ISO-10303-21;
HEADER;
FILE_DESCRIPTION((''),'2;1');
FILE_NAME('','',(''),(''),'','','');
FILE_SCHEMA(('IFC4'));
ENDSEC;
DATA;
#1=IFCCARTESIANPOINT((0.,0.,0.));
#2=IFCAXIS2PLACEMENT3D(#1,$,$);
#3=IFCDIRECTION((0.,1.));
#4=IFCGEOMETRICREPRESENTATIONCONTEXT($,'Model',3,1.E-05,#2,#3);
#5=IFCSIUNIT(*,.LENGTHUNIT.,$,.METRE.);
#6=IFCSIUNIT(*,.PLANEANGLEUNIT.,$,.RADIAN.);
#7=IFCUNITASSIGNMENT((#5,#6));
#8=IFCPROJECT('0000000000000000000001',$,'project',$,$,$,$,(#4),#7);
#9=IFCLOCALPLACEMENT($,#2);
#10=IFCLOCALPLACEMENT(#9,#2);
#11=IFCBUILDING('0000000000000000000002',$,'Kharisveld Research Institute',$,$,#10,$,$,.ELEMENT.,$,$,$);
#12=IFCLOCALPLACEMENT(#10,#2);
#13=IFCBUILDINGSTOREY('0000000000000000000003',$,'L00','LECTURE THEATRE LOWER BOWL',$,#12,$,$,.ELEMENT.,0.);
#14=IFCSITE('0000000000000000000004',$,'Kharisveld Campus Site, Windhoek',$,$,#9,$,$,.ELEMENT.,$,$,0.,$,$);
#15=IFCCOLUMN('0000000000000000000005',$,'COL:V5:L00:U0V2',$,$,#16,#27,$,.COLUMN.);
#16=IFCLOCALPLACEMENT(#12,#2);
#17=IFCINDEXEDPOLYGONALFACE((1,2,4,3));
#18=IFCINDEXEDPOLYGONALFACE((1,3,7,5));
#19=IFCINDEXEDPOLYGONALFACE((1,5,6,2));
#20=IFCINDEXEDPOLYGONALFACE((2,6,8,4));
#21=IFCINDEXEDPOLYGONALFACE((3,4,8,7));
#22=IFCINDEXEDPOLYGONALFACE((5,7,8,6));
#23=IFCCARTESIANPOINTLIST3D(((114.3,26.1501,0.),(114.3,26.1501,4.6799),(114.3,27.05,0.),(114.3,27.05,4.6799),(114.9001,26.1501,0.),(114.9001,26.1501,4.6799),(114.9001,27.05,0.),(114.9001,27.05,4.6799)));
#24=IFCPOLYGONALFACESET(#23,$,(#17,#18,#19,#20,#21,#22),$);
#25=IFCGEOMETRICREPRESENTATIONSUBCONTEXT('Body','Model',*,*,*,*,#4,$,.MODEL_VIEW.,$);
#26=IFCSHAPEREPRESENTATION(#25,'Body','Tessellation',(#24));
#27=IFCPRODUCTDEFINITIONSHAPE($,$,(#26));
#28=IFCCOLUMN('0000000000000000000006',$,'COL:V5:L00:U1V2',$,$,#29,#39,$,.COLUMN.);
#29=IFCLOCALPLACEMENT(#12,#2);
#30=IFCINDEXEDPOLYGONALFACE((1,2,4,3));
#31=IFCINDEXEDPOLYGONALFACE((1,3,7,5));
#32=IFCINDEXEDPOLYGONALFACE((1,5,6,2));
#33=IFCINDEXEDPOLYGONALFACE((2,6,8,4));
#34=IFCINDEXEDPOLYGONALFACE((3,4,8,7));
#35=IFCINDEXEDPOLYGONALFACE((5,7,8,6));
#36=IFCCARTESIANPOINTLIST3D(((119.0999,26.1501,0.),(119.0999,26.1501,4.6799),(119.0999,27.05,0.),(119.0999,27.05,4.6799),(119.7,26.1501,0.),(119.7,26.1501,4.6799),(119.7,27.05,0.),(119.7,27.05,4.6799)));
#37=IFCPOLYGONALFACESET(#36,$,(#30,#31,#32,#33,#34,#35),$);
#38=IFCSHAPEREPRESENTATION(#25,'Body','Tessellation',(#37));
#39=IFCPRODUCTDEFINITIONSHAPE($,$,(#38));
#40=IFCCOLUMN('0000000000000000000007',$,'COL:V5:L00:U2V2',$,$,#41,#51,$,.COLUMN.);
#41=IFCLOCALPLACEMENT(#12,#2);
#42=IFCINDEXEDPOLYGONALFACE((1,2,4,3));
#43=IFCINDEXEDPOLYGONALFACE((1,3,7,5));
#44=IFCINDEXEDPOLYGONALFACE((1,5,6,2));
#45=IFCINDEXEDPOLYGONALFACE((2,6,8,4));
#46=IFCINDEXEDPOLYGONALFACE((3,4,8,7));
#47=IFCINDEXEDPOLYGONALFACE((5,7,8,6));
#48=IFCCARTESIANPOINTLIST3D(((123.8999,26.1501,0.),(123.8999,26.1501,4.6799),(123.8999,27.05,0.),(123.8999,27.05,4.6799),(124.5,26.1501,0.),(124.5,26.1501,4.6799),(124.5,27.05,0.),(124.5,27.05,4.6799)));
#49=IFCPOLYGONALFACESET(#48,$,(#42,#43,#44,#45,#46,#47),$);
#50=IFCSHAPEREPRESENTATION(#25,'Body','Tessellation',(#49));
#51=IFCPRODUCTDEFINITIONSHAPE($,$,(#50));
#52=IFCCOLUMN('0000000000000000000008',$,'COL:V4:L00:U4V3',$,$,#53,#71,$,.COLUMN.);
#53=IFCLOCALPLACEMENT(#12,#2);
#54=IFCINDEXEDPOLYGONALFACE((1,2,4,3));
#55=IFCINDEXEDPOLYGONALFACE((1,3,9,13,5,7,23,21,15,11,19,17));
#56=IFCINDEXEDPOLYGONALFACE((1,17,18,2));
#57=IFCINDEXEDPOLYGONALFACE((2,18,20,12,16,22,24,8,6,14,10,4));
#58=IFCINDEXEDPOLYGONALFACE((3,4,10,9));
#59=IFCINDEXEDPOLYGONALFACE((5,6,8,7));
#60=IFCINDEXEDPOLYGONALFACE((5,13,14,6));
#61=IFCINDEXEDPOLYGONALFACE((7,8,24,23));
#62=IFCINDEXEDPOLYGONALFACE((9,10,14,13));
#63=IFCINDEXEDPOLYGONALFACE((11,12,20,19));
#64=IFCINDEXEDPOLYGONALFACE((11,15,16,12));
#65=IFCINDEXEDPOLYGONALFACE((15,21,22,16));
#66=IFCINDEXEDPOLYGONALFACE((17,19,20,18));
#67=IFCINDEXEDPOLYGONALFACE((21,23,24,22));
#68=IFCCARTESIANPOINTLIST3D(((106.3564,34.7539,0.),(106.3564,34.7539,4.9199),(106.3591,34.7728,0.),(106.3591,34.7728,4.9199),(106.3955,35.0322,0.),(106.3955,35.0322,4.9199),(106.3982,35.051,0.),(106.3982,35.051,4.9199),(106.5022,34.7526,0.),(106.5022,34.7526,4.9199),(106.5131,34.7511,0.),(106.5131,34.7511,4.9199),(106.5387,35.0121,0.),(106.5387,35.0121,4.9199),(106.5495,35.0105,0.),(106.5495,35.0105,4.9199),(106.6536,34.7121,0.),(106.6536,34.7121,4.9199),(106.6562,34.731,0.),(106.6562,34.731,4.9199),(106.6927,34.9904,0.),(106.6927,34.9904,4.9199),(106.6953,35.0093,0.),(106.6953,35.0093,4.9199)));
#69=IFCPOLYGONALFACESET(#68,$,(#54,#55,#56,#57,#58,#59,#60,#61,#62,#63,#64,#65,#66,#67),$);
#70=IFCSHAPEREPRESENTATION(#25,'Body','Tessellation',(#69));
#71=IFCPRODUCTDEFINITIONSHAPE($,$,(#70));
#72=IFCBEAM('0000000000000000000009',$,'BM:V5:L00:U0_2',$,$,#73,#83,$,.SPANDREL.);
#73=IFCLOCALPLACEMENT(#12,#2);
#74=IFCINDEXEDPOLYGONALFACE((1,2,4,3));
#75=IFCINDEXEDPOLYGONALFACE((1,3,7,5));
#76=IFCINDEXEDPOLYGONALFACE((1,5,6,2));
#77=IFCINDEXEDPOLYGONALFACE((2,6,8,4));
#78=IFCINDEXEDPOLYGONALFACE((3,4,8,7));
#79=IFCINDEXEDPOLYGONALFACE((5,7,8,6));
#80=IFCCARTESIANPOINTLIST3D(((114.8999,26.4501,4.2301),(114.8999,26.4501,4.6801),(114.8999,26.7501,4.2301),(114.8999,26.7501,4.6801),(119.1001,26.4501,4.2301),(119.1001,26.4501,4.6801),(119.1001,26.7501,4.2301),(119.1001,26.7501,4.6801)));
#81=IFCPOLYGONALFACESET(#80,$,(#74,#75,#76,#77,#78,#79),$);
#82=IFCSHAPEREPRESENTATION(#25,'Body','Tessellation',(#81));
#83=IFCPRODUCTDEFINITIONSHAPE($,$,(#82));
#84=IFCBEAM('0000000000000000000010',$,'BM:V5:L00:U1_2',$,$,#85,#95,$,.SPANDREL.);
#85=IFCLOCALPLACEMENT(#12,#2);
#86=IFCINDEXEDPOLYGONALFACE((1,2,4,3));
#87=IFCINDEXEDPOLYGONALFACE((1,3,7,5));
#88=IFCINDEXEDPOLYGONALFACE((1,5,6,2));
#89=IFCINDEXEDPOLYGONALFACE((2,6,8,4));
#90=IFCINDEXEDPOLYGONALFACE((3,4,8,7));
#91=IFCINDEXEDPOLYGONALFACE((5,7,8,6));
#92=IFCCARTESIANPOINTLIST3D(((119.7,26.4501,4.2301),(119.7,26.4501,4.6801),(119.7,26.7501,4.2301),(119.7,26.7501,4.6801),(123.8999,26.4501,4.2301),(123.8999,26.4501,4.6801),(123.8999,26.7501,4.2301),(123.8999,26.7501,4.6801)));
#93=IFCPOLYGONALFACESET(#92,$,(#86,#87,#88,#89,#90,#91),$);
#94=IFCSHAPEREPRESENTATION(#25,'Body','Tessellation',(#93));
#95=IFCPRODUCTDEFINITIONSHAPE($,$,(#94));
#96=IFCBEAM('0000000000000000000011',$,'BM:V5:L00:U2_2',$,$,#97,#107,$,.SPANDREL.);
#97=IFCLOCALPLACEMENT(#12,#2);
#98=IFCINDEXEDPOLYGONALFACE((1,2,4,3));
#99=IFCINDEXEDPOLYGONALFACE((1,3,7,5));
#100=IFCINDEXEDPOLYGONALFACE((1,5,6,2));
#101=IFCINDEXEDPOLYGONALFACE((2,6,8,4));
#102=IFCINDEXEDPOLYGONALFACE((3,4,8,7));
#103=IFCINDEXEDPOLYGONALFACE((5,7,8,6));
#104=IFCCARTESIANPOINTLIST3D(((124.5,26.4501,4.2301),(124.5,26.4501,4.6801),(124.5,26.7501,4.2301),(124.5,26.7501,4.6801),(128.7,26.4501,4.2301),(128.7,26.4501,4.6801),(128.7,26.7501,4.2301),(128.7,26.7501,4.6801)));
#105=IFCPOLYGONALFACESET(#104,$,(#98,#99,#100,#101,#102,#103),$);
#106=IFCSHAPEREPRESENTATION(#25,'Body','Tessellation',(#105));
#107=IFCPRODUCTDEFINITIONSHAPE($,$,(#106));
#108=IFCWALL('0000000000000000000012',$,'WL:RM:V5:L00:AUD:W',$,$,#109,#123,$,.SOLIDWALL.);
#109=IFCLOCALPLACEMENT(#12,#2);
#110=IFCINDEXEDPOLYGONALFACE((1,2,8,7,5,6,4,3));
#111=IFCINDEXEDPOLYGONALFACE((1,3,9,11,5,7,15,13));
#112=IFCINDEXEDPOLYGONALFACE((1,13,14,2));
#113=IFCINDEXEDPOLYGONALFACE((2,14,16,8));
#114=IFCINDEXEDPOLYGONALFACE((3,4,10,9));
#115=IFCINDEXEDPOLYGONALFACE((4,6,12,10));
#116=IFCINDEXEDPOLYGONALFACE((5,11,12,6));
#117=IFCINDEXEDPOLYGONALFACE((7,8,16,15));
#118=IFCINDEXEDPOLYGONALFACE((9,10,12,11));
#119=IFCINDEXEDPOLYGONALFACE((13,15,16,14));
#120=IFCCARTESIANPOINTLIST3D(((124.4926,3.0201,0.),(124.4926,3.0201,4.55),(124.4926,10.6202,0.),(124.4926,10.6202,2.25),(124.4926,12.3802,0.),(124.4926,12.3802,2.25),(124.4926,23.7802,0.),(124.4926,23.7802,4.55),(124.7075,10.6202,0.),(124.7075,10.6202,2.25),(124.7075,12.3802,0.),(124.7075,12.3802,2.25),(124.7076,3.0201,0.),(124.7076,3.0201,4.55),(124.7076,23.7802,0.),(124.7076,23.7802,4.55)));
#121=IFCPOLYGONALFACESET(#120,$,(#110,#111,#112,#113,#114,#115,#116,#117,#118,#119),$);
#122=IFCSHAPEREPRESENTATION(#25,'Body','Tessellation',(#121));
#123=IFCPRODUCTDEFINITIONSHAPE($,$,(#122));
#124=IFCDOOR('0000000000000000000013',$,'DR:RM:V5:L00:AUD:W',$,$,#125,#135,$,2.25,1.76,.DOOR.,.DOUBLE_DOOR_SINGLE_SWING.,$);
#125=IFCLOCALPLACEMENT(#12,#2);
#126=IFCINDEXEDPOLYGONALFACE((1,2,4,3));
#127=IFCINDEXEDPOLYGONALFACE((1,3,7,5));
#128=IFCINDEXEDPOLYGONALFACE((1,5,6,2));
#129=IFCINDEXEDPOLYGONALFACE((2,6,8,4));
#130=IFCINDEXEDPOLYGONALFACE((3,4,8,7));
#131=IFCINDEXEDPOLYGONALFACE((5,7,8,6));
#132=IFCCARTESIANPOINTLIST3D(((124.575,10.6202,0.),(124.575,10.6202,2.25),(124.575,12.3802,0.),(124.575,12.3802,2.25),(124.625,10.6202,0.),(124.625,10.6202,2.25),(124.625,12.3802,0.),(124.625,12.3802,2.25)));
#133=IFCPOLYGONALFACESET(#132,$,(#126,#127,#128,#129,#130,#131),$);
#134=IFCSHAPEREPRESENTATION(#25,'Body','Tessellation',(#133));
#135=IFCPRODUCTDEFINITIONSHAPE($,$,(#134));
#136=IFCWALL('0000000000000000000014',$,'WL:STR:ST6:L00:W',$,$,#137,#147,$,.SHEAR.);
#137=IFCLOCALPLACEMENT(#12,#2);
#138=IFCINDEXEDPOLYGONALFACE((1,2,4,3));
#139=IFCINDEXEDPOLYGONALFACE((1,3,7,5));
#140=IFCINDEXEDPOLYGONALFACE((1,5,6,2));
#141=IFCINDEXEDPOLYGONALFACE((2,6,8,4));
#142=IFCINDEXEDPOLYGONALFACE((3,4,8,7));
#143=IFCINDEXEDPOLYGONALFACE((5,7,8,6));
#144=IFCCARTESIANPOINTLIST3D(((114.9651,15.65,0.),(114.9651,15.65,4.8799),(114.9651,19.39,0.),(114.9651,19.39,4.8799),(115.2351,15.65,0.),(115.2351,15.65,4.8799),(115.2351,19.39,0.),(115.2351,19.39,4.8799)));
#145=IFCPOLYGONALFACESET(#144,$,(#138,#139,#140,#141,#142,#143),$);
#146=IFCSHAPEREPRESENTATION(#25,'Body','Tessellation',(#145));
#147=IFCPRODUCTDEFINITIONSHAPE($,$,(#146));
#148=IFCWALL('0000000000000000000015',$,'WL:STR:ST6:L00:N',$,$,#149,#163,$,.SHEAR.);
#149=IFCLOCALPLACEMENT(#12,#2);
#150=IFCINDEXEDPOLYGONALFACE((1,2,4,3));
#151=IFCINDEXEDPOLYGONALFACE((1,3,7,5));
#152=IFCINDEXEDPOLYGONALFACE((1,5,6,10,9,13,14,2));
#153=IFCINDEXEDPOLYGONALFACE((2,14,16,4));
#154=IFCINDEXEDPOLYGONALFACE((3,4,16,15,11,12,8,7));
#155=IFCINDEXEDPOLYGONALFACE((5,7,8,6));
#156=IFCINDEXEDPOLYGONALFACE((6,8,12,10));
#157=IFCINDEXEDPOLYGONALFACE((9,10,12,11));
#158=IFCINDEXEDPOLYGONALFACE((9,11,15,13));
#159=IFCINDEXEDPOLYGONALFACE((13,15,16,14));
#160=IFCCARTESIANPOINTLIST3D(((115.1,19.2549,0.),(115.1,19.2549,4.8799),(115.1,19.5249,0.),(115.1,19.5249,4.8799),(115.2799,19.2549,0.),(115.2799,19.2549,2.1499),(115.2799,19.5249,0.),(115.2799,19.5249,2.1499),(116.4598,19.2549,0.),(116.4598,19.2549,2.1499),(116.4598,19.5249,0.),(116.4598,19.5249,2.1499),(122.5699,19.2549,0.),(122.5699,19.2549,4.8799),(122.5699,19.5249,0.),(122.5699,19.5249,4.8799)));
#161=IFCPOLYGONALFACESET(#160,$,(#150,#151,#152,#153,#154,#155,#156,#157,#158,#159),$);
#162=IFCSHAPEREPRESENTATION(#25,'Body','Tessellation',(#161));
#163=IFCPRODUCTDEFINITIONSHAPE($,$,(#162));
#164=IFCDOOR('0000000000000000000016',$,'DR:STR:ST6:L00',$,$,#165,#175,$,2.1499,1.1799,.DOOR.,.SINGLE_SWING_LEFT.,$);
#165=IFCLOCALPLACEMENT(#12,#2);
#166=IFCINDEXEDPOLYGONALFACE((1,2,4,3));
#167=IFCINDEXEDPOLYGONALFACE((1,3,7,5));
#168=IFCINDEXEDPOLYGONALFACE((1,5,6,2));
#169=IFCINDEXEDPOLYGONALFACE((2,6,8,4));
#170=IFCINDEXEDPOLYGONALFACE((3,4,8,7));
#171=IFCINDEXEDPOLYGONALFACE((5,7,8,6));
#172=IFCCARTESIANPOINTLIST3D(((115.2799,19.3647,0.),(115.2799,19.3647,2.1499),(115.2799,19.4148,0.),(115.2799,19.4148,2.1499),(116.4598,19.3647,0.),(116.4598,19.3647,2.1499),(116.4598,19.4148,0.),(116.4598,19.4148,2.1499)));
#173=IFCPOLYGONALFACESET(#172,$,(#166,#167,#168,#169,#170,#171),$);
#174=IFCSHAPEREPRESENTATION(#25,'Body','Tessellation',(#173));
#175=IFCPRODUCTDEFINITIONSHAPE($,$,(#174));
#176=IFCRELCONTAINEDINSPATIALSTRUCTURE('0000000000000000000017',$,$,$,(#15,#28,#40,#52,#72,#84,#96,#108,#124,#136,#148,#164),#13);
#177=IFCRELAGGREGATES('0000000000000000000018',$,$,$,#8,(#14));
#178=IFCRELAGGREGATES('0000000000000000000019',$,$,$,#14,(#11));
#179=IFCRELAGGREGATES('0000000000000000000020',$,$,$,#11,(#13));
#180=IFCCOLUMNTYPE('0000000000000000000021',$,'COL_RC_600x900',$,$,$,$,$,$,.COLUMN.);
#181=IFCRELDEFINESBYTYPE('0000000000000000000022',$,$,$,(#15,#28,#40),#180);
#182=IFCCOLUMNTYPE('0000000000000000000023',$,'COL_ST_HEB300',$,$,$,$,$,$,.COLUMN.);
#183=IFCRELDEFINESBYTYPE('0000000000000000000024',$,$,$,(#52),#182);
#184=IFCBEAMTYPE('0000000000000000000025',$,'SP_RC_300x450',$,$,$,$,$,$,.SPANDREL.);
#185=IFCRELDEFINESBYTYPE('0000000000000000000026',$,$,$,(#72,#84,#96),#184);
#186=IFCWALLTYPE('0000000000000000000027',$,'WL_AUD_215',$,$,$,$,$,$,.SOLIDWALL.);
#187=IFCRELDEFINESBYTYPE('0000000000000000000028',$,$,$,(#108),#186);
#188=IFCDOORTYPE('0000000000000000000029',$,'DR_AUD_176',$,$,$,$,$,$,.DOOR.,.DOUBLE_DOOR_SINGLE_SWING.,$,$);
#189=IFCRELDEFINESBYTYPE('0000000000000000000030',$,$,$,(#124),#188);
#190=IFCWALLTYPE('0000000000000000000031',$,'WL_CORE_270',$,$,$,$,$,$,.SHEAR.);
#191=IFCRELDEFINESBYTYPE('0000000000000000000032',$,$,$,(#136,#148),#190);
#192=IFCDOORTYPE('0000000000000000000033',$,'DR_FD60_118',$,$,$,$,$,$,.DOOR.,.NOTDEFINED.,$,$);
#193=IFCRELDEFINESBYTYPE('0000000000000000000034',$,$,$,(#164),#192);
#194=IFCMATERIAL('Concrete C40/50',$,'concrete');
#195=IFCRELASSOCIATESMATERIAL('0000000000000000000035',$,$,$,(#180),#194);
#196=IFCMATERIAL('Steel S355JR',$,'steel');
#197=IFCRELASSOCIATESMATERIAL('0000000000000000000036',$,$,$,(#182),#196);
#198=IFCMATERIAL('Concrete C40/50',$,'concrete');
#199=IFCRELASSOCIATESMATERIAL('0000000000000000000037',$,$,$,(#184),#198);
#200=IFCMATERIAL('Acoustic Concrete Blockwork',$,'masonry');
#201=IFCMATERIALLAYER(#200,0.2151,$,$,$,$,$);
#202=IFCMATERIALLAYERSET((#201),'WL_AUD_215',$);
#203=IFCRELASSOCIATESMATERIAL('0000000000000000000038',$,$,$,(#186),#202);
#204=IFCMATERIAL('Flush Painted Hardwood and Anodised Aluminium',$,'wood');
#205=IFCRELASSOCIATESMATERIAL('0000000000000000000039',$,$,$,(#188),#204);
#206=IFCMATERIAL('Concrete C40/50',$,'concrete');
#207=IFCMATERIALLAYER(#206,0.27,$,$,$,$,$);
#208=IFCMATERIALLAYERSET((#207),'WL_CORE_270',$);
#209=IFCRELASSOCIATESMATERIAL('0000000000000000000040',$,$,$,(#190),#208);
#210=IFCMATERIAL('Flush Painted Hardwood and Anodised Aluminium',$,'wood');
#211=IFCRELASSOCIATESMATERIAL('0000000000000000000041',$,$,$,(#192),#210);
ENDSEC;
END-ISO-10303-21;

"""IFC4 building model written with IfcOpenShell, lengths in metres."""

from ifc_helpers import new_model, si_unit, direction, frame, frame_2d, origin, origin_2d, place, context, subcontext, project, spatial, rectangle, i_section, extrude, material, layer, layer_set, material_profile, profile_set, type_object, element, fill, save


model = new_model("IFC4")

# Units and contexts
model_context = context("Model", 3, precision=1e-05, world=origin(), true_north=direction((0.0, 1.0)))
body_context = subcontext(model_context, "Body", "Model", "MODEL_VIEW")
ifc_project = project(units=[si_unit("LENGTHUNIT", "METRE"), si_unit("PLANEANGLEUNIT", "RADIAN")], contexts=[model_context])

# Site, building, storey
site_placement = place(None, origin())
site = spatial("IfcSite", under=ifc_project, at=site_placement, Name="Kharisveld Campus Site, Windhoek", CompositionType="ELEMENT", RefElevation=0.0)
building_placement = place(site_placement, origin())
building = spatial("IfcBuilding", under=site, at=building_placement, Name="Kharisveld Research Institute", CompositionType="ELEMENT")
storey_placement = place(building_placement, origin())
storey = spatial("IfcBuildingStorey", under=building, at=storey_placement, Name="L00", Description="LECTURE THEATRE LOWER BOWL", CompositionType="ELEMENT", Elevation=0.0)

# Columns
ifc_material_1 = material(Name="Concrete C40/50", Category="concrete")
ifc_material_profile_1 = material_profile(ifc_material_1, rectangle(XDim=0.6001, YDim=0.8999, at=origin_2d()))
ifc_profile_set_1 = profile_set([ifc_material_profile_1], Name="Concrete C40/50")
column_type_1 = type_object("IfcColumnType", Name="COL_RC_600x900", PredefinedType="COLUMN", material=ifc_profile_set_1)
for number, where, z_axis, x_axis, name in (
    (1, (114.6001, 26.6001, 0.0), (0.0, 0.0, 1.0), (1.0, 0.0, 0.0), "COL:V5:L00:U0V2"),
    (2, (119.3999, 26.6001, 0.0), (0.0, 0.0, 1.0), (1.0, 0.0, 0.0), "COL:V5:L00:U1V2"),
    (3, (124.2, 26.6001, 0.0), (0.0, 0.0, 1.0), (1.0, 0.0, 0.0), "COL:V5:L00:U2V2"),
):
    element("IfcColumn", number, at=place(storey_placement, frame(where, z_axis=z_axis, x_axis=x_axis)), inside=storey, type_object=column_type_1, Name=name, PredefinedType="COLUMN", context=body_context, shape_type="SweptSolid", body=[
        extrude(rectangle(XDim=0.6001, YDim=0.8999, at=origin_2d()), origin(), (0.0, 0.0, 1.0), 4.6799),
    ])
ifc_material_2 = material(Name="Steel S355JR", Category="steel")
ifc_material_profile_2 = material_profile(ifc_material_2, i_section(OverallWidth=0.3, OverallDepth=0.3, WebThickness=0.011, FlangeThickness=0.019, at=origin_2d()))
ifc_profile_set_2 = profile_set([ifc_material_profile_2], Name="Steel S355JR")
column_type_2 = type_object("IfcColumnType", Name="COL_ST_HEB300", PredefinedType="COLUMN", material=ifc_profile_set_2)
column_placement = place(storey_placement, frame((106.5259, 34.8816, 0.0), z_axis=(0.0, 0.0, 1.0), x_axis=(0.990268, -0.139173, 0.0)))
element("IfcColumn", 4, at=column_placement, inside=storey, type_object=column_type_2, Name="COL:V4:L00:U4V3", PredefinedType="COLUMN", context=body_context, shape_type="SweptSolid", body=[
    extrude(i_section(OverallWidth=0.3, OverallDepth=0.3, WebThickness=0.011, FlangeThickness=0.019, at=origin_2d()), origin(), (0.0, 0.0, 1.0), 4.9199),
])

# Beams
ifc_material_3 = material(Name="Concrete C40/50", Category="concrete")
ifc_material_profile_3 = material_profile(ifc_material_3, rectangle(XDim=0.3, YDim=0.45, at=origin_2d()))
ifc_profile_set_3 = profile_set([ifc_material_profile_3], Name="Concrete C40/50")
beam_type = type_object("IfcBeamType", Name="SP_RC_300x450", PredefinedType="SPANDREL", material=ifc_profile_set_3)
beam_placement = place(storey_placement, frame((114.8999, 26.6001, 4.4551), z_axis=(1.0, 0.0, 0.0), x_axis=(0.0, 1.0, 0.0)))
element("IfcBeam", 5, at=beam_placement, inside=storey, type_object=beam_type, Name="BM:V5:L00:U0_2", PredefinedType="SPANDREL", context=body_context, shape_type="SweptSolid", body=[
    extrude(rectangle(XDim=0.3, YDim=0.45, at=origin_2d()), origin(), (0.0, 0.0, 1.0), 4.2002),
])
for number, where, z_axis, x_axis, name in (
    (6, (119.7, 26.6001, 4.4551), (1.0, 0.0, 0.0), (0.0, 1.0, 0.0), "BM:V5:L00:U1_2"),
    (7, (124.5, 26.6001, 4.4551), (1.0, 0.0, 0.0), (0.0, 1.0, 0.0), "BM:V5:L00:U2_2"),
):
    element("IfcBeam", number, at=place(storey_placement, frame(where, z_axis=z_axis, x_axis=x_axis)), inside=storey, type_object=beam_type, Name=name, PredefinedType="SPANDREL", context=body_context, shape_type="SweptSolid", body=[
        extrude(rectangle(XDim=0.3, YDim=0.45, at=origin_2d()), origin(), (0.0, 0.0, 1.0), 4.2),
    ])

# Wall, opening, door
ifc_material_4 = material(Name="Acoustic Concrete Blockwork", Category="masonry")
ifc_layer_1 = layer(ifc_material_4, 0.2151)
ifc_layer_set_1 = layer_set([ifc_layer_1], Name="WL_AUD_215")
wall_type_1 = type_object("IfcWallType", Name="WL_AUD_215", PredefinedType="SOLIDWALL", material=ifc_layer_set_1)
wall_1_placement = place(storey_placement, frame((124.6001, 23.78, 0.0), z_axis=(0.0, 0.0, 1.0), x_axis=(0.0, -1.0, 0.0)))
wall_1 = element("IfcWall", 8, at=wall_1_placement, inside=storey, type_object=wall_type_1, Name="WL:RM:V5:L00:AUD:W", PredefinedType="SOLIDWALL", context=body_context, shape_type="SweptSolid", body=[
    extrude(rectangle(XDim=20.76, YDim=0.2151, at=frame_2d((10.3799, 0.0))), origin(), (0.0, 0.0, 1.0), 4.55),
])
opening_1_placement = place(wall_1_placement, frame((11.3999, 0.0, 0.0)))
opening_1 = element("IfcOpeningElement", 9, at=opening_1_placement, cuts=wall_1, PredefinedType="OPENING", context=body_context, shape_type="SweptSolid", body=[
    extrude(rectangle(XDim=1.76, YDim=2.25, at=frame_2d((0.8799, 1.125))), frame((0.0, 0.1074, 0.0), z_axis=(0.0, -1.0, 0.0), x_axis=(1.0, 0.0, 0.0)), (0.0, 0.0, 1.0), 0.2151),
])
ifc_material_5 = material(Name="Flush Painted Hardwood and Anodised Aluminium", Category="wood")
door_type_1 = type_object("IfcDoorType", Name="DR_AUD_176", OperationType="DOUBLE_DOOR_SINGLE_SWING", PredefinedType="DOOR", material=ifc_material_5)
door_1_placement = place(opening_1_placement, origin())
door_1 = element("IfcDoor", 10, at=door_1_placement, inside=storey, type_object=door_type_1, Name="DR:RM:V5:L00:AUD:W", OperationType="DOUBLE_DOOR_SINGLE_SWING", OverallHeight=2.25, OverallWidth=1.76, PredefinedType="DOOR", context=body_context, shape_type="SweptSolid", body=[
    extrude(rectangle(XDim=1.76, YDim=2.25, at=frame_2d((0.8799, 1.125))), frame((0.0, 0.0249, 0.0), z_axis=(0.0, -1.0, 0.0), x_axis=(1.0, 0.0, 0.0)), (0.0, 0.0, 1.0), 0.05),
])
fill(opening_1, door_1)

# Wall
ifc_material_6 = material(Name="Concrete C40/50", Category="concrete")
ifc_layer_2 = layer(ifc_material_6, 0.27)
ifc_layer_set_2 = layer_set([ifc_layer_2], Name="WL_CORE_270")
wall_type_2 = type_object("IfcWallType", Name="WL_CORE_270", PredefinedType="SHEAR", material=ifc_layer_set_2)
wall_2_placement = place(storey_placement, frame((115.1001, 15.6499, 0.0), z_axis=(0.0, 0.0, 1.0), x_axis=(0.0, 1.0, 0.0)))
element("IfcWall", 11, at=wall_2_placement, inside=storey, type_object=wall_type_2, Name="WL:STR:ST6:L00:W", PredefinedType="SHEAR", context=body_context, shape_type="SweptSolid", body=[
    extrude(rectangle(XDim=3.74, YDim=0.27, at=frame_2d((1.8701, 0.0))), origin(), (0.0, 0.0, 1.0), 4.8799),
])

# Wall, opening, door
wall_3_placement = place(storey_placement, frame((115.1001, 19.3899, 0.0), z_axis=(0.0, 0.0, 1.0), x_axis=(1.0, 0.0, 0.0)))
wall_3 = element("IfcWall", 12, at=wall_3_placement, inside=storey, type_object=wall_type_2, Name="WL:STR:ST6:L00:N", PredefinedType="SHEAR", context=body_context, shape_type="SweptSolid", body=[
    extrude(rectangle(XDim=7.47, YDim=0.27, at=frame_2d((3.7349, 0.0))), origin(), (0.0, 0.0, 1.0), 4.8799),
])
opening_2_placement = place(wall_3_placement, frame((0.1799, 0.0, 0.0)))
opening_2 = element("IfcOpeningElement", 13, at=opening_2_placement, cuts=wall_3, PredefinedType="OPENING", context=body_context, shape_type="SweptSolid", body=[
    extrude(rectangle(XDim=1.1799, YDim=2.1499, at=frame_2d((0.5898, 1.075))), frame((0.0, 0.135, 0.0), z_axis=(0.0, -1.0, 0.0), x_axis=(1.0, 0.0, 0.0)), (0.0, 0.0, 1.0), 0.27),
])
ifc_material_7 = material(Name="Flush Painted Hardwood and Anodised Aluminium", Category="wood")
door_type_2 = type_object("IfcDoorType", Name="DR_FD60_118", OperationType="NOTDEFINED", PredefinedType="DOOR", material=ifc_material_7)
door_2_placement = place(opening_2_placement, origin())
door_2 = element("IfcDoor", 14, at=door_2_placement, inside=storey, type_object=door_type_2, Name="DR:STR:ST6:L00", OperationType="SINGLE_SWING_LEFT", OverallHeight=2.1499, OverallWidth=1.1799, PredefinedType="DOOR", context=body_context, shape_type="SweptSolid", body=[
    extrude(rectangle(XDim=1.1799, YDim=2.1499, at=frame_2d((0.5898, 1.075))), frame((0.0, 0.0249, 0.0), z_axis=(0.0, -1.0, 0.0), x_axis=(1.0, 0.0, 0.0)), (0.0, 0.0, 1.0), 0.05),
])
fill(opening_2, door_2)

save(model, "model.ifc")
